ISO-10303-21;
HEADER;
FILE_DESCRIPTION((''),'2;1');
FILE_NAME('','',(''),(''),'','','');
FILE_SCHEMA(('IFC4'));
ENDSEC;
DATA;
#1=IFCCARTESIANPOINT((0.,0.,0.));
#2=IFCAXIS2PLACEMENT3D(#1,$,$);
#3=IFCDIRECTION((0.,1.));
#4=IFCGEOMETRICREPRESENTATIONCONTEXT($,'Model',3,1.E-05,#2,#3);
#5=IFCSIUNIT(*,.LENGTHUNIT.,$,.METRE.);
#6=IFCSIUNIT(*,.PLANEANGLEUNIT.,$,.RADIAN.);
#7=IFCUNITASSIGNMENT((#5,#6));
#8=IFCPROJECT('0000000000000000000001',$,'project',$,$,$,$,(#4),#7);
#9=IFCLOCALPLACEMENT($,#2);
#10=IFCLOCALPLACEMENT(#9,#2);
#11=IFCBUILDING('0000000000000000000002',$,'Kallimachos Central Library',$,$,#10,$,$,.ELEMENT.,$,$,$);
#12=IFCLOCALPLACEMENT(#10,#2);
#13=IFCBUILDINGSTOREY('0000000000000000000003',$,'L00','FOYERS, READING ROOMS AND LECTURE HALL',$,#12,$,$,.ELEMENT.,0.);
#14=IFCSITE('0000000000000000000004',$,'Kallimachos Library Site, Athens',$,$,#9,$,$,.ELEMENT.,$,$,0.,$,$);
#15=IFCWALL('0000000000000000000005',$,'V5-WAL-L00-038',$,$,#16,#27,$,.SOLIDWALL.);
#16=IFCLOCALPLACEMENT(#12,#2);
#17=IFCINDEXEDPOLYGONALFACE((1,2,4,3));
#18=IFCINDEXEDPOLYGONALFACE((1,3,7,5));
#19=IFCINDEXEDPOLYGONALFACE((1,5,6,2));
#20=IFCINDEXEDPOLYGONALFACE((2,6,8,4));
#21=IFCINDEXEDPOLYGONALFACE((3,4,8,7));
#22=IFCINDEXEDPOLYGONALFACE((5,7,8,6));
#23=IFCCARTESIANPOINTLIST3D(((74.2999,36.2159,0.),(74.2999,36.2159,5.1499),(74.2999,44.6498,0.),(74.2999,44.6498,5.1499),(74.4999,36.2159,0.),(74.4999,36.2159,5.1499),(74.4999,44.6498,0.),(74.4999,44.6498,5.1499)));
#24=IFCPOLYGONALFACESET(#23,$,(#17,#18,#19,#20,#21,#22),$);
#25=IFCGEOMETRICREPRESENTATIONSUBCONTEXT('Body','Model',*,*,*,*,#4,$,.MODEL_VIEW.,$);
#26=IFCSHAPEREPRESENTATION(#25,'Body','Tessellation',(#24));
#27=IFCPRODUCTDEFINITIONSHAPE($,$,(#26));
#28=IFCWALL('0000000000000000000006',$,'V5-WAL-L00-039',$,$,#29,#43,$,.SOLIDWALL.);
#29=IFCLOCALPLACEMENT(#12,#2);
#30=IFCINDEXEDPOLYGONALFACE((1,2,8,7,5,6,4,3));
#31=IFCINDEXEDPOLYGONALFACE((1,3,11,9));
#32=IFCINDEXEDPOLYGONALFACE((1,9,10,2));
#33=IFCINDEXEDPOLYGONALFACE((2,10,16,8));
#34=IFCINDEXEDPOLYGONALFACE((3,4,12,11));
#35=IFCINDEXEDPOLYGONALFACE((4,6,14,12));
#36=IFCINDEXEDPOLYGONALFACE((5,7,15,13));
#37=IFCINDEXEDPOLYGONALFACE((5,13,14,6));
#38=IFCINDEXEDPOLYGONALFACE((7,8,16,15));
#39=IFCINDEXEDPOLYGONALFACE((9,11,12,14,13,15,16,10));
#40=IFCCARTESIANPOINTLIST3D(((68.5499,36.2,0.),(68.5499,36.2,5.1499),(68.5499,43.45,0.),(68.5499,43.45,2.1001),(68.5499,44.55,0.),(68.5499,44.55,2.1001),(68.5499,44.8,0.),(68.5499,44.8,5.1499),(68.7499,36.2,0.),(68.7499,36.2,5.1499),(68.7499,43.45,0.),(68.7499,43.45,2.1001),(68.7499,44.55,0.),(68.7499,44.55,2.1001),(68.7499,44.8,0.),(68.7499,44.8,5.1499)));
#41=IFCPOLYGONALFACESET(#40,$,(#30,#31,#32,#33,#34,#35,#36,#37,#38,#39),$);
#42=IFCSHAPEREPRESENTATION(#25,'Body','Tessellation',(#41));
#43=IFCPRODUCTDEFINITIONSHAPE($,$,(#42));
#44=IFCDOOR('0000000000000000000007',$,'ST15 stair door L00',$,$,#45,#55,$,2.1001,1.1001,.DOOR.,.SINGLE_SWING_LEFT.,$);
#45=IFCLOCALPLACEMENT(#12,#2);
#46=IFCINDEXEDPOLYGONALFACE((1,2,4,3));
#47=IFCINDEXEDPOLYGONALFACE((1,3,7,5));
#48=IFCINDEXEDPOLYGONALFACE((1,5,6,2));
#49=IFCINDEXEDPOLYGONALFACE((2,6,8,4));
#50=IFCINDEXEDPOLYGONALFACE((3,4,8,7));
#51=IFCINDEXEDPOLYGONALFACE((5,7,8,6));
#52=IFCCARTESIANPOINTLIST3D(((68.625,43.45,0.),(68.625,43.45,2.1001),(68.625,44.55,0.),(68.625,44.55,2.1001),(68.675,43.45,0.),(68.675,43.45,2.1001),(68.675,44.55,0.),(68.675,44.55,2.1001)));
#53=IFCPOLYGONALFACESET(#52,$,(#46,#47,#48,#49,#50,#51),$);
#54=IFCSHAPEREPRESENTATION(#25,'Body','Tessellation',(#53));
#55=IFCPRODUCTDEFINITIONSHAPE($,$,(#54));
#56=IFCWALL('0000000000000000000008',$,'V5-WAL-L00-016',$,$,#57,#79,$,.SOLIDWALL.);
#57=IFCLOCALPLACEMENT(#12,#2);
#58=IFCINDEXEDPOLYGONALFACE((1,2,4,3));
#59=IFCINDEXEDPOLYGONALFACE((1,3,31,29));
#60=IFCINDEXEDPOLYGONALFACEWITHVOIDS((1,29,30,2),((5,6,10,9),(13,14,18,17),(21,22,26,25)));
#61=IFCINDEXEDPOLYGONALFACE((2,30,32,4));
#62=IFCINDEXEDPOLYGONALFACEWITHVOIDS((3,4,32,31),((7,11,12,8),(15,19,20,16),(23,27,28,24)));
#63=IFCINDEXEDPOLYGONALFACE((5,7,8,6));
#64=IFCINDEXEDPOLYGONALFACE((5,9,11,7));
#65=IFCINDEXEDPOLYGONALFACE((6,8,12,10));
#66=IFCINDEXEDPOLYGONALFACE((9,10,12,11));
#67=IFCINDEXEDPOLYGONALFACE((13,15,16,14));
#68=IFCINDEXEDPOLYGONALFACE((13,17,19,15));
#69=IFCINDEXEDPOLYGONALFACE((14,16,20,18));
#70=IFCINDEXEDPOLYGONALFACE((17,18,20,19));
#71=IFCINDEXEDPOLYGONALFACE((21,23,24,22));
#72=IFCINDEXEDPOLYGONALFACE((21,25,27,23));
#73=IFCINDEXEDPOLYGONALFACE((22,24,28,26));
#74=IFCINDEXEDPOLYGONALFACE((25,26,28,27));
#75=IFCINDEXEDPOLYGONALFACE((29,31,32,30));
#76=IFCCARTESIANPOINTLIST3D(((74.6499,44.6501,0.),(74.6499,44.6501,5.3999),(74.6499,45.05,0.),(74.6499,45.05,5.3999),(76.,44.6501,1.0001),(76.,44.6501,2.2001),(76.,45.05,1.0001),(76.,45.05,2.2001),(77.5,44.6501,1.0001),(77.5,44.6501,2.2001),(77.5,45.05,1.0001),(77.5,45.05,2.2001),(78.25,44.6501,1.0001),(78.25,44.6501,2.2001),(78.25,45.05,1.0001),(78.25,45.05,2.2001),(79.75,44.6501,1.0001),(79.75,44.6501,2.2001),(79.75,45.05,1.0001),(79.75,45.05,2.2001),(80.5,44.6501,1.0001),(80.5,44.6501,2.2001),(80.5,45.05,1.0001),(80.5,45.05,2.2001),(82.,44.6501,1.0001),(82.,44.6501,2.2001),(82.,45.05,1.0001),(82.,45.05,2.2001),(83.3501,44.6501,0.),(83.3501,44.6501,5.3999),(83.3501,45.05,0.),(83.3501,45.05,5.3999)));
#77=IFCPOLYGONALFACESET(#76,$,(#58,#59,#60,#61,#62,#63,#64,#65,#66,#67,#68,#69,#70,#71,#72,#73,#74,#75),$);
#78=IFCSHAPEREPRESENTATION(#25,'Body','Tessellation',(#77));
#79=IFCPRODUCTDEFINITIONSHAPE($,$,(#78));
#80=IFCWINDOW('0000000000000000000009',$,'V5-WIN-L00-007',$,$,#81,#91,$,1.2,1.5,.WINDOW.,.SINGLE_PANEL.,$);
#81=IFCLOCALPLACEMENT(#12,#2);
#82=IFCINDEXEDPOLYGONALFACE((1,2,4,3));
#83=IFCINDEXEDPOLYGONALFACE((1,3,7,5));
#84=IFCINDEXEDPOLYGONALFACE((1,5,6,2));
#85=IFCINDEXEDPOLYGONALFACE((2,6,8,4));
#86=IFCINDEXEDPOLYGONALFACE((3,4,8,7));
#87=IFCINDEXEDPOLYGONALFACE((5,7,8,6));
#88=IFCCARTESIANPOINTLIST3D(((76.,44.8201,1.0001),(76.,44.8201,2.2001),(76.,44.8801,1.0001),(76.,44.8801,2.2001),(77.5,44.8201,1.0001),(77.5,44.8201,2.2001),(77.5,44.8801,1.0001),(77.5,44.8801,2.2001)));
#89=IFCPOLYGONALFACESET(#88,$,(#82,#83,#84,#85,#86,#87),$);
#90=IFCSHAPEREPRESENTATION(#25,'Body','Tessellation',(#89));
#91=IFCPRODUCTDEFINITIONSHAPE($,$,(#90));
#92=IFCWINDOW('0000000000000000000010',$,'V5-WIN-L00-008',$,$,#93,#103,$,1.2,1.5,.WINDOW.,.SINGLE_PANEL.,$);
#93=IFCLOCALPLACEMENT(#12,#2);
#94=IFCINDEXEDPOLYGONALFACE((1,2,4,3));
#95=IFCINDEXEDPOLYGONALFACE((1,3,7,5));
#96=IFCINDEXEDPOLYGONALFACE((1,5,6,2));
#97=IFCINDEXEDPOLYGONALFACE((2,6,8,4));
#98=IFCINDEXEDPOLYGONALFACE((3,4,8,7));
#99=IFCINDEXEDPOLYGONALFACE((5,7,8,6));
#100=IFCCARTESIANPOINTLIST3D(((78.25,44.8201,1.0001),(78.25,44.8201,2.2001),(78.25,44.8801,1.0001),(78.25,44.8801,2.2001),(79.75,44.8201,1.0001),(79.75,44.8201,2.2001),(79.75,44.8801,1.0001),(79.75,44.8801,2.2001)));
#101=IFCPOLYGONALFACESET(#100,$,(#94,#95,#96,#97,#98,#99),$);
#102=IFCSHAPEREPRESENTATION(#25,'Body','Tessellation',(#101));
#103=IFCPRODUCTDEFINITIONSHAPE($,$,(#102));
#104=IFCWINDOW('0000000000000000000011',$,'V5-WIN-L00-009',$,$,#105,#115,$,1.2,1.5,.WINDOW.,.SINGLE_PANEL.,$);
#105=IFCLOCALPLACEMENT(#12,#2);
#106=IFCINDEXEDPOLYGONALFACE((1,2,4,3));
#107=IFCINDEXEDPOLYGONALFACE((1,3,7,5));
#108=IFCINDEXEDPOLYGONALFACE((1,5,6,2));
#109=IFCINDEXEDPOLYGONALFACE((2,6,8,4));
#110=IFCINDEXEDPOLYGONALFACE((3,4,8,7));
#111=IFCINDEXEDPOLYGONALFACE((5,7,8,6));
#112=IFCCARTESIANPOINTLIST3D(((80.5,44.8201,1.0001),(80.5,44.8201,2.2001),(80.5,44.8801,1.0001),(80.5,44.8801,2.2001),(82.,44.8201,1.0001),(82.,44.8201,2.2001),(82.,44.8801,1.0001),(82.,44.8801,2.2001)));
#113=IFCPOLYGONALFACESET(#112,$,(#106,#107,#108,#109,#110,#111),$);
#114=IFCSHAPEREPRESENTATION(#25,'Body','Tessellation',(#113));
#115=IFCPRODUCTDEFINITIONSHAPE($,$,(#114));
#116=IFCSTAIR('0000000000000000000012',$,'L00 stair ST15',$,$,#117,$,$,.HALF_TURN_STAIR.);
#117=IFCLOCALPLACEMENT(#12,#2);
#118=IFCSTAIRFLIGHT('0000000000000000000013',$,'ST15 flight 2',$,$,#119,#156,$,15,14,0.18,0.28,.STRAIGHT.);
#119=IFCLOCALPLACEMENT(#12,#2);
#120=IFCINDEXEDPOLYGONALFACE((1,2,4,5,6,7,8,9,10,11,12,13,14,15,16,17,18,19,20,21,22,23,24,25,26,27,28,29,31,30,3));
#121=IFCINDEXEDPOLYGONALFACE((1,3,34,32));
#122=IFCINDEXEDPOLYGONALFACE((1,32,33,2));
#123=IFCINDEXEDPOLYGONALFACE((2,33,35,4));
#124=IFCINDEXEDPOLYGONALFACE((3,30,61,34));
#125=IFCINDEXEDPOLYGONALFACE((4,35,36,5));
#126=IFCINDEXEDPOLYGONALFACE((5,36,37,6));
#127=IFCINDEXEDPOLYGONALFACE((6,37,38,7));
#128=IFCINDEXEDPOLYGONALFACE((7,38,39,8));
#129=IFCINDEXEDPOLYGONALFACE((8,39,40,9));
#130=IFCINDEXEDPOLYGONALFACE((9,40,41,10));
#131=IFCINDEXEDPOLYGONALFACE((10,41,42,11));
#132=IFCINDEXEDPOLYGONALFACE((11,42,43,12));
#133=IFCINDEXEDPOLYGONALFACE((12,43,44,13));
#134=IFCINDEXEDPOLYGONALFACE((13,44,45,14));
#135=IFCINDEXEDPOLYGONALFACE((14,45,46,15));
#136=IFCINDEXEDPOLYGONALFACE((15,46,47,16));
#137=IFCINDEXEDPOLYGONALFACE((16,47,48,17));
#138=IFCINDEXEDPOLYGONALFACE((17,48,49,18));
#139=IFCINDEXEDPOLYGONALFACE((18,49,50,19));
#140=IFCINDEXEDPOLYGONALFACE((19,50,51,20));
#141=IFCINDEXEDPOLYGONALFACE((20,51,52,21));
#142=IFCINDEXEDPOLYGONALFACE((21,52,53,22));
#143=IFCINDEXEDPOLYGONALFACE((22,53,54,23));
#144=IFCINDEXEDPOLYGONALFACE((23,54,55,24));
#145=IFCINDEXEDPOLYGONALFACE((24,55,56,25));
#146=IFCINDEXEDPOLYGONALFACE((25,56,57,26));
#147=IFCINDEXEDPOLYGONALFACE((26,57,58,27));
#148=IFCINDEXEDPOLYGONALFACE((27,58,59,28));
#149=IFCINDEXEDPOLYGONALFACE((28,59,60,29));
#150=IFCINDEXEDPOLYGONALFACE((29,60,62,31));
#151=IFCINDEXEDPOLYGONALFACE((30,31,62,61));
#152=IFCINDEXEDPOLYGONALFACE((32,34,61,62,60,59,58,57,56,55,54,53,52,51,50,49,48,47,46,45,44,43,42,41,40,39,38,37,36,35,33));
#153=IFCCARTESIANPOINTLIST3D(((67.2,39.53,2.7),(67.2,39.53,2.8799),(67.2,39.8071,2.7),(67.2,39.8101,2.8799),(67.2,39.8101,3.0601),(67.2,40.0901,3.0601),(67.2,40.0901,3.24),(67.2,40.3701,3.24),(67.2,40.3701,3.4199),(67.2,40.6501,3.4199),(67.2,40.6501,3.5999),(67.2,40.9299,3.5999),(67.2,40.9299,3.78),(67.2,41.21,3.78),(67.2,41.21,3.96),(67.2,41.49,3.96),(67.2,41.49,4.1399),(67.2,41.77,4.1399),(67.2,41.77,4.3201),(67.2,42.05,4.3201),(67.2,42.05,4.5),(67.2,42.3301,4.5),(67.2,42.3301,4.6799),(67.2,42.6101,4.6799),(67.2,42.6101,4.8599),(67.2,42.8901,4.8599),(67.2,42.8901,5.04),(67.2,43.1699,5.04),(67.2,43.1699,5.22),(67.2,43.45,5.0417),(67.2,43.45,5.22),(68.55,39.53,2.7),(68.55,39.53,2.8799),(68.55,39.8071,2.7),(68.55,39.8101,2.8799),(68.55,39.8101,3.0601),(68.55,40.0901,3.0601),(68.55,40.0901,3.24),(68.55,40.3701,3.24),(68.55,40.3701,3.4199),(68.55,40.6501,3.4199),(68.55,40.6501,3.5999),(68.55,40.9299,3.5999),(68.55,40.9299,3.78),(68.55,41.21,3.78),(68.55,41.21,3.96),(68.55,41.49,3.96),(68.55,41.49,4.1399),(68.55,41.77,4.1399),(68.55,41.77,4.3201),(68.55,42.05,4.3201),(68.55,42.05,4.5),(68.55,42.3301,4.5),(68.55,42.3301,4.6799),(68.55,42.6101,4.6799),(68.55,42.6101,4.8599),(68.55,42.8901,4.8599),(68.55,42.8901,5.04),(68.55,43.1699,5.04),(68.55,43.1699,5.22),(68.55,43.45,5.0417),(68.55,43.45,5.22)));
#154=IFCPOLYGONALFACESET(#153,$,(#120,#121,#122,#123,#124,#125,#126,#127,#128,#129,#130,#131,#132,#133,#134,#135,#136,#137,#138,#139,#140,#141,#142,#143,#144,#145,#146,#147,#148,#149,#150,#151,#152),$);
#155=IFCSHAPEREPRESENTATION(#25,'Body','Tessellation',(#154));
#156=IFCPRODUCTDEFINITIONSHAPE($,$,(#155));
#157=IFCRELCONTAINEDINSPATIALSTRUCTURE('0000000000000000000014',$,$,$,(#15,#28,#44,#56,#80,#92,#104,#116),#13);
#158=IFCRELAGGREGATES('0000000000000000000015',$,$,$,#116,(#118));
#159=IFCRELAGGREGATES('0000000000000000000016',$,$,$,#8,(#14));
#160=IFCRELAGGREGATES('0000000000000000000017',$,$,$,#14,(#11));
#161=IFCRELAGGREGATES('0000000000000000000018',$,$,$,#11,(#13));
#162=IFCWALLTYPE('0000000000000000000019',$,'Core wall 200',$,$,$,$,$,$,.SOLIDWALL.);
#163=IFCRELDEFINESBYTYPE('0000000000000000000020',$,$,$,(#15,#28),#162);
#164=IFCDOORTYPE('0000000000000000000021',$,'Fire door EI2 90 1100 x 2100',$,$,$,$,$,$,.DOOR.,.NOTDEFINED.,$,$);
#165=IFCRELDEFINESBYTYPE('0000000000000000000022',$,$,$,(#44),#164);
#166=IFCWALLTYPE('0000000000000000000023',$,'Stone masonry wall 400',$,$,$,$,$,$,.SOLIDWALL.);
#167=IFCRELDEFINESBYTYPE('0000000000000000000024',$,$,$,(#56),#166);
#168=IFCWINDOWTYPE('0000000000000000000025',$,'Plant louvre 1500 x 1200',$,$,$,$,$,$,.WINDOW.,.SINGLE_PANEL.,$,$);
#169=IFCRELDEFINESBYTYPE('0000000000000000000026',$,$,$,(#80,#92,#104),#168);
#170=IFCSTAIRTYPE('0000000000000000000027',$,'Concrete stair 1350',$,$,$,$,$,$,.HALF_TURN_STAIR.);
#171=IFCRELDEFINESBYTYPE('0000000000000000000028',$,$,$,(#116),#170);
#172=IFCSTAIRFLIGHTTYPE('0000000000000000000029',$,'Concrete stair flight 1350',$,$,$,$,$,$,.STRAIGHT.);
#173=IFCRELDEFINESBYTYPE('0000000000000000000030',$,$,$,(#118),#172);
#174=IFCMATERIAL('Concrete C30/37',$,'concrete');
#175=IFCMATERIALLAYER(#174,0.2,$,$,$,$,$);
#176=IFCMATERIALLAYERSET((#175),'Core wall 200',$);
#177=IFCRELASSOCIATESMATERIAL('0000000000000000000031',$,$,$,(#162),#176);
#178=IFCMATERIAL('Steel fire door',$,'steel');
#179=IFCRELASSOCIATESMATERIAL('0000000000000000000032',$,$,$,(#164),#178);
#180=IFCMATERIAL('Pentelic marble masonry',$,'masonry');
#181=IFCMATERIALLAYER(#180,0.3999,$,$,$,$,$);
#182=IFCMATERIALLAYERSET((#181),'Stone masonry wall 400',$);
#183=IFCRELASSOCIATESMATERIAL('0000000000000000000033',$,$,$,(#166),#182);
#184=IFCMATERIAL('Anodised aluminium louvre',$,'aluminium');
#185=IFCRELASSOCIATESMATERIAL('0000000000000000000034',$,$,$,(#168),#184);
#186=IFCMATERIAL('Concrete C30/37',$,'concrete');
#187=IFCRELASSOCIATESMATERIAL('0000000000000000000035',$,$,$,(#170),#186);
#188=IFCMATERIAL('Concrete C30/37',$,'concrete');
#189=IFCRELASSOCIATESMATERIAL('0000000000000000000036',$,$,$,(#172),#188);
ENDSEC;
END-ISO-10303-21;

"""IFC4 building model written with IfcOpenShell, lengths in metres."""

from ifc_helpers import new_model, si_unit, direction, frame, frame_2d, origin, place, context, subcontext, project, spatial, polyline, rectangle, outline, extrude, material, layer, layer_set, type_object, element, fill, aggregate, save


model = new_model("IFC4")

# Units and contexts
model_context = context("Model", 3, precision=1e-05, world=origin(), true_north=direction((0.0, 1.0)))
body_context = subcontext(model_context, "Body", "Model", "MODEL_VIEW")
ifc_project = project(units=[si_unit("LENGTHUNIT", "METRE"), si_unit("PLANEANGLEUNIT", "RADIAN")], contexts=[model_context])

# Site, building, storey
site_placement = place(None, origin())
site = spatial("IfcSite", under=ifc_project, at=site_placement, Name="Kallimachos Library Site, Athens", CompositionType="ELEMENT", RefElevation=0.0)
building_placement = place(site_placement, origin())
building = spatial("IfcBuilding", under=site, at=building_placement, Name="Kallimachos Central Library", CompositionType="ELEMENT")
storey_placement = place(building_placement, origin())
storey = spatial("IfcBuildingStorey", under=building, at=storey_placement, Name="L00", Description="FOYERS, READING ROOMS AND LECTURE HALL", CompositionType="ELEMENT", Elevation=0.0)

# Wall
ifc_material_1 = material(Name="Concrete C30/37", Category="concrete")
ifc_layer_1 = layer(ifc_material_1, 0.2)
ifc_layer_set_1 = layer_set([ifc_layer_1], Name="Core wall 200")
wall_type_1 = type_object("IfcWallType", Name="Core wall 200", PredefinedType="SOLIDWALL", material=ifc_layer_set_1)
wall_1_placement = place(storey_placement, frame((74.3999, 36.2161, 0.0), z_axis=(0.0, 0.0, 1.0), x_axis=(0.0, 1.0, 0.0)))
element("IfcWall", 1, at=wall_1_placement, inside=storey, type_object=wall_type_1, Name="V5-WAL-L00-038", PredefinedType="SOLIDWALL", context=body_context, shape_type="SweptSolid", body=[
    extrude(rectangle(XDim=8.4338, YDim=0.2, at=frame_2d((4.2168, 0.0))), origin(), (0.0, 0.0, 1.0), 5.1499),
])

# Wall, opening, door
wall_2_placement = place(storey_placement, frame((68.6499, 36.2, 0.0), z_axis=(0.0, 0.0, 1.0), x_axis=(0.0, 1.0, 0.0)))
wall_2 = element("IfcWall", 2, at=wall_2_placement, inside=storey, type_object=wall_type_1, Name="V5-WAL-L00-039", PredefinedType="SOLIDWALL", context=body_context, shape_type="SweptSolid", body=[
    extrude(rectangle(XDim=8.6001, YDim=0.2, at=frame_2d((4.3, 0.0))), origin(), (0.0, 0.0, 1.0), 5.1499),
])
opening_1_placement = place(wall_2_placement, frame((7.25, 0.0, 0.0)))
opening_1 = element("IfcOpeningElement", 3, at=opening_1_placement, cuts=wall_2, PredefinedType="OPENING", context=body_context, shape_type="SweptSolid", body=[
    extrude(rectangle(XDim=1.1001, YDim=2.1001, at=frame_2d((0.55, 1.05))), frame((0.0, 0.1099, 0.0), z_axis=(0.0, -1.0, 0.0), x_axis=(1.0, 0.0, 0.0)), (0.0, 0.0, 1.0), 0.22),
])
ifc_material_2 = material(Name="Steel fire door", Category="steel")
door_type = type_object("IfcDoorType", Name="Fire door EI2 90 1100 x 2100", OperationType="NOTDEFINED", PredefinedType="DOOR", material=ifc_material_2)
door_placement = place(opening_1_placement, origin())
door = element("IfcDoor", 4, at=door_placement, inside=storey, type_object=door_type, Name="ST15 stair door L00", OperationType="SINGLE_SWING_LEFT", OverallHeight=2.1001, OverallWidth=1.1001, PredefinedType="DOOR", context=body_context, shape_type="SweptSolid", body=[
    extrude(rectangle(XDim=1.1001, YDim=2.1001, at=frame_2d((0.55, 1.05))), frame((0.0, 0.0249, 0.0), z_axis=(0.0, -1.0, 0.0), x_axis=(1.0, 0.0, 0.0)), (0.0, 0.0, 1.0), 0.05),
])
fill(opening_1, door)

# Wall, openings, windows
ifc_material_3 = material(Name="Pentelic marble masonry", Category="masonry")
ifc_layer_2 = layer(ifc_material_3, 0.3999)
ifc_layer_set_2 = layer_set([ifc_layer_2], Name="Stone masonry wall 400")
wall_type_2 = type_object("IfcWallType", Name="Stone masonry wall 400", PredefinedType="SOLIDWALL", material=ifc_layer_set_2)
wall_3_placement = place(storey_placement, frame((74.6499, 44.8501, 0.0), z_axis=(0.0, 0.0, 1.0), x_axis=(1.0, 0.0, 0.0)))
wall_3 = element("IfcWall", 5, at=wall_3_placement, inside=storey, type_object=wall_type_2, Name="V5-WAL-L00-016", PredefinedType="SOLIDWALL", context=body_context, shape_type="SweptSolid", body=[
    extrude(rectangle(XDim=8.7002, YDim=0.3999, at=frame_2d((4.3501, 0.0))), origin(), (0.0, 0.0, 1.0), 5.3999),
])
opening_2_placement = place(wall_3_placement, frame((1.3501, 0.0, 1.0)))
opening_2 = element("IfcOpeningElement", 6, at=opening_2_placement, cuts=wall_3, PredefinedType="OPENING", context=body_context, shape_type="SweptSolid", body=[
    extrude(rectangle(XDim=1.5, YDim=1.2, at=frame_2d((0.75, 0.6001))), frame((0.0, 0.21, 0.0), z_axis=(0.0, -1.0, 0.0), x_axis=(1.0, 0.0, 0.0)), (0.0, 0.0, 1.0), 0.4199),
])
opening_3_placement = place(wall_3_placement, frame((3.6001, 0.0, 1.0)))
opening_3 = element("IfcOpeningElement", 7, at=opening_3_placement, cuts=wall_3, PredefinedType="OPENING", context=body_context, shape_type="SweptSolid", body=[
    extrude(rectangle(XDim=1.5, YDim=1.2, at=frame_2d((0.75, 0.6001))), frame((0.0, 0.21, 0.0), z_axis=(0.0, -1.0, 0.0), x_axis=(1.0, 0.0, 0.0)), (0.0, 0.0, 1.0), 0.4199),
])
opening_4_placement = place(wall_3_placement, frame((5.8501, 0.0, 1.0)))
opening_4 = element("IfcOpeningElement", 8, at=opening_4_placement, cuts=wall_3, PredefinedType="OPENING", context=body_context, shape_type="SweptSolid", body=[
    extrude(rectangle(XDim=1.5, YDim=1.2, at=frame_2d((0.75, 0.6001))), frame((0.0, 0.21, 0.0), z_axis=(0.0, -1.0, 0.0), x_axis=(1.0, 0.0, 0.0)), (0.0, 0.0, 1.0), 0.4199),
])
ifc_material_4 = material(Name="Anodised aluminium louvre", Category="aluminium")
window_type = type_object("IfcWindowType", Name="Plant louvre 1500 x 1200", PartitioningType="SINGLE_PANEL", PredefinedType="WINDOW", material=ifc_material_4)
window_1_placement = place(opening_2_placement, origin())
window_1 = element("IfcWindow", 9, at=window_1_placement, inside=storey, type_object=window_type, Name="V5-WIN-L00-007", OverallHeight=1.2, OverallWidth=1.5, PartitioningType="SINGLE_PANEL", PredefinedType="WINDOW", context=body_context, shape_type="SweptSolid", body=[
    extrude(rectangle(XDim=1.5, YDim=1.2, at=frame_2d((0.75, 0.6001))), frame((0.0, 0.03, 0.0), z_axis=(0.0, -1.0, 0.0), x_axis=(1.0, 0.0, 0.0)), (0.0, 0.0, 1.0), 0.0601),
])
fill(opening_2, window_1)
window_2_placement = place(opening_3_placement, origin())
window_2 = element("IfcWindow", 10, at=window_2_placement, inside=storey, type_object=window_type, Name="V5-WIN-L00-008", OverallHeight=1.2, OverallWidth=1.5, PartitioningType="SINGLE_PANEL", PredefinedType="WINDOW", context=body_context, shape_type="SweptSolid", body=[
    extrude(rectangle(XDim=1.5, YDim=1.2, at=frame_2d((0.75, 0.6001))), frame((0.0, 0.03, 0.0), z_axis=(0.0, -1.0, 0.0), x_axis=(1.0, 0.0, 0.0)), (0.0, 0.0, 1.0), 0.0601),
])
fill(opening_3, window_2)
window_3_placement = place(opening_4_placement, origin())
window_3 = element("IfcWindow", 11, at=window_3_placement, inside=storey, type_object=window_type, Name="V5-WIN-L00-009", OverallHeight=1.2, OverallWidth=1.5, PartitioningType="SINGLE_PANEL", PredefinedType="WINDOW", context=body_context, shape_type="SweptSolid", body=[
    extrude(rectangle(XDim=1.5, YDim=1.2, at=frame_2d((0.75, 0.6001))), frame((0.0, 0.03, 0.0), z_axis=(0.0, -1.0, 0.0), x_axis=(1.0, 0.0, 0.0)), (0.0, 0.0, 1.0), 0.0601),
])
fill(opening_4, window_3)

# Stair, stair flight
ifc_material_5 = material(Name="Concrete C30/37", Category="concrete")
stair_type = type_object("IfcStairType", Name="Concrete stair 1350", PredefinedType="HALF_TURN_STAIR", material=ifc_material_5)
stair_placement = place(storey_placement, origin())
stair = element("IfcStair", 12, at=stair_placement, inside=storey, type_object=stair_type, Name="L00 stair ST15", PredefinedType="HALF_TURN_STAIR")
ifc_material_6 = material(Name="Concrete C30/37", Category="concrete")
stair_flight_type = type_object("IfcStairFlightType", Name="Concrete stair flight 1350", PredefinedType="STRAIGHT", material=ifc_material_6)
stair_flight_placement = place(storey_placement, frame((67.875, 39.53, 2.7), z_axis=(0.0, 0.0, 1.0), x_axis=(0.0, 1.0, 0.0)))
stair_flight = element("IfcStairFlight", 13, at=stair_flight_placement, type_object=stair_flight_type, Name="ST15 flight 2", NumberOfRisers=15, NumberOfTreads=14, PredefinedType="STRAIGHT", RiserHeight=0.18, TreadLength=0.28, context=body_context, shape_type="SweptSolid", body=[
    extrude(outline(polyline([(0.0, 0.0), (0.0, 0.1799), (0.28, 0.1799), (0.28, 0.3601), (0.5601, 0.3601), (0.5601, 0.54), (0.8401, 0.54), (0.8401, 0.72), (1.1201, 0.72), (1.1201, 0.8999), (1.3999, 0.8999), (1.3999, 1.0801), (1.6799, 1.0801), (1.6799, 1.26), (1.96, 1.26), (1.96, 1.4399), (2.24, 1.4399), (2.24, 1.6201), (2.52, 1.6201), (2.52, 1.8), (2.8, 1.8), (2.8, 1.98), (3.0801, 1.98), (3.0801, 2.1599), (3.3601, 2.1599), (3.3601, 2.3401), (3.6399, 2.3401), (3.6399, 2.52), (3.9199, 2.52), (3.9199, 2.7), (3.9199, 2.3418), (0.2771, 0.0), (0.0, 0.0)])), frame((0.0, 0.675, 0.0), z_axis=(0.0, -1.0, 0.0), x_axis=(1.0, 0.0, 0.0)), (0.0, 0.0, 1.0), 1.3501),
])
aggregate(stair, [stair_flight])

save(model, "model.ifc")
